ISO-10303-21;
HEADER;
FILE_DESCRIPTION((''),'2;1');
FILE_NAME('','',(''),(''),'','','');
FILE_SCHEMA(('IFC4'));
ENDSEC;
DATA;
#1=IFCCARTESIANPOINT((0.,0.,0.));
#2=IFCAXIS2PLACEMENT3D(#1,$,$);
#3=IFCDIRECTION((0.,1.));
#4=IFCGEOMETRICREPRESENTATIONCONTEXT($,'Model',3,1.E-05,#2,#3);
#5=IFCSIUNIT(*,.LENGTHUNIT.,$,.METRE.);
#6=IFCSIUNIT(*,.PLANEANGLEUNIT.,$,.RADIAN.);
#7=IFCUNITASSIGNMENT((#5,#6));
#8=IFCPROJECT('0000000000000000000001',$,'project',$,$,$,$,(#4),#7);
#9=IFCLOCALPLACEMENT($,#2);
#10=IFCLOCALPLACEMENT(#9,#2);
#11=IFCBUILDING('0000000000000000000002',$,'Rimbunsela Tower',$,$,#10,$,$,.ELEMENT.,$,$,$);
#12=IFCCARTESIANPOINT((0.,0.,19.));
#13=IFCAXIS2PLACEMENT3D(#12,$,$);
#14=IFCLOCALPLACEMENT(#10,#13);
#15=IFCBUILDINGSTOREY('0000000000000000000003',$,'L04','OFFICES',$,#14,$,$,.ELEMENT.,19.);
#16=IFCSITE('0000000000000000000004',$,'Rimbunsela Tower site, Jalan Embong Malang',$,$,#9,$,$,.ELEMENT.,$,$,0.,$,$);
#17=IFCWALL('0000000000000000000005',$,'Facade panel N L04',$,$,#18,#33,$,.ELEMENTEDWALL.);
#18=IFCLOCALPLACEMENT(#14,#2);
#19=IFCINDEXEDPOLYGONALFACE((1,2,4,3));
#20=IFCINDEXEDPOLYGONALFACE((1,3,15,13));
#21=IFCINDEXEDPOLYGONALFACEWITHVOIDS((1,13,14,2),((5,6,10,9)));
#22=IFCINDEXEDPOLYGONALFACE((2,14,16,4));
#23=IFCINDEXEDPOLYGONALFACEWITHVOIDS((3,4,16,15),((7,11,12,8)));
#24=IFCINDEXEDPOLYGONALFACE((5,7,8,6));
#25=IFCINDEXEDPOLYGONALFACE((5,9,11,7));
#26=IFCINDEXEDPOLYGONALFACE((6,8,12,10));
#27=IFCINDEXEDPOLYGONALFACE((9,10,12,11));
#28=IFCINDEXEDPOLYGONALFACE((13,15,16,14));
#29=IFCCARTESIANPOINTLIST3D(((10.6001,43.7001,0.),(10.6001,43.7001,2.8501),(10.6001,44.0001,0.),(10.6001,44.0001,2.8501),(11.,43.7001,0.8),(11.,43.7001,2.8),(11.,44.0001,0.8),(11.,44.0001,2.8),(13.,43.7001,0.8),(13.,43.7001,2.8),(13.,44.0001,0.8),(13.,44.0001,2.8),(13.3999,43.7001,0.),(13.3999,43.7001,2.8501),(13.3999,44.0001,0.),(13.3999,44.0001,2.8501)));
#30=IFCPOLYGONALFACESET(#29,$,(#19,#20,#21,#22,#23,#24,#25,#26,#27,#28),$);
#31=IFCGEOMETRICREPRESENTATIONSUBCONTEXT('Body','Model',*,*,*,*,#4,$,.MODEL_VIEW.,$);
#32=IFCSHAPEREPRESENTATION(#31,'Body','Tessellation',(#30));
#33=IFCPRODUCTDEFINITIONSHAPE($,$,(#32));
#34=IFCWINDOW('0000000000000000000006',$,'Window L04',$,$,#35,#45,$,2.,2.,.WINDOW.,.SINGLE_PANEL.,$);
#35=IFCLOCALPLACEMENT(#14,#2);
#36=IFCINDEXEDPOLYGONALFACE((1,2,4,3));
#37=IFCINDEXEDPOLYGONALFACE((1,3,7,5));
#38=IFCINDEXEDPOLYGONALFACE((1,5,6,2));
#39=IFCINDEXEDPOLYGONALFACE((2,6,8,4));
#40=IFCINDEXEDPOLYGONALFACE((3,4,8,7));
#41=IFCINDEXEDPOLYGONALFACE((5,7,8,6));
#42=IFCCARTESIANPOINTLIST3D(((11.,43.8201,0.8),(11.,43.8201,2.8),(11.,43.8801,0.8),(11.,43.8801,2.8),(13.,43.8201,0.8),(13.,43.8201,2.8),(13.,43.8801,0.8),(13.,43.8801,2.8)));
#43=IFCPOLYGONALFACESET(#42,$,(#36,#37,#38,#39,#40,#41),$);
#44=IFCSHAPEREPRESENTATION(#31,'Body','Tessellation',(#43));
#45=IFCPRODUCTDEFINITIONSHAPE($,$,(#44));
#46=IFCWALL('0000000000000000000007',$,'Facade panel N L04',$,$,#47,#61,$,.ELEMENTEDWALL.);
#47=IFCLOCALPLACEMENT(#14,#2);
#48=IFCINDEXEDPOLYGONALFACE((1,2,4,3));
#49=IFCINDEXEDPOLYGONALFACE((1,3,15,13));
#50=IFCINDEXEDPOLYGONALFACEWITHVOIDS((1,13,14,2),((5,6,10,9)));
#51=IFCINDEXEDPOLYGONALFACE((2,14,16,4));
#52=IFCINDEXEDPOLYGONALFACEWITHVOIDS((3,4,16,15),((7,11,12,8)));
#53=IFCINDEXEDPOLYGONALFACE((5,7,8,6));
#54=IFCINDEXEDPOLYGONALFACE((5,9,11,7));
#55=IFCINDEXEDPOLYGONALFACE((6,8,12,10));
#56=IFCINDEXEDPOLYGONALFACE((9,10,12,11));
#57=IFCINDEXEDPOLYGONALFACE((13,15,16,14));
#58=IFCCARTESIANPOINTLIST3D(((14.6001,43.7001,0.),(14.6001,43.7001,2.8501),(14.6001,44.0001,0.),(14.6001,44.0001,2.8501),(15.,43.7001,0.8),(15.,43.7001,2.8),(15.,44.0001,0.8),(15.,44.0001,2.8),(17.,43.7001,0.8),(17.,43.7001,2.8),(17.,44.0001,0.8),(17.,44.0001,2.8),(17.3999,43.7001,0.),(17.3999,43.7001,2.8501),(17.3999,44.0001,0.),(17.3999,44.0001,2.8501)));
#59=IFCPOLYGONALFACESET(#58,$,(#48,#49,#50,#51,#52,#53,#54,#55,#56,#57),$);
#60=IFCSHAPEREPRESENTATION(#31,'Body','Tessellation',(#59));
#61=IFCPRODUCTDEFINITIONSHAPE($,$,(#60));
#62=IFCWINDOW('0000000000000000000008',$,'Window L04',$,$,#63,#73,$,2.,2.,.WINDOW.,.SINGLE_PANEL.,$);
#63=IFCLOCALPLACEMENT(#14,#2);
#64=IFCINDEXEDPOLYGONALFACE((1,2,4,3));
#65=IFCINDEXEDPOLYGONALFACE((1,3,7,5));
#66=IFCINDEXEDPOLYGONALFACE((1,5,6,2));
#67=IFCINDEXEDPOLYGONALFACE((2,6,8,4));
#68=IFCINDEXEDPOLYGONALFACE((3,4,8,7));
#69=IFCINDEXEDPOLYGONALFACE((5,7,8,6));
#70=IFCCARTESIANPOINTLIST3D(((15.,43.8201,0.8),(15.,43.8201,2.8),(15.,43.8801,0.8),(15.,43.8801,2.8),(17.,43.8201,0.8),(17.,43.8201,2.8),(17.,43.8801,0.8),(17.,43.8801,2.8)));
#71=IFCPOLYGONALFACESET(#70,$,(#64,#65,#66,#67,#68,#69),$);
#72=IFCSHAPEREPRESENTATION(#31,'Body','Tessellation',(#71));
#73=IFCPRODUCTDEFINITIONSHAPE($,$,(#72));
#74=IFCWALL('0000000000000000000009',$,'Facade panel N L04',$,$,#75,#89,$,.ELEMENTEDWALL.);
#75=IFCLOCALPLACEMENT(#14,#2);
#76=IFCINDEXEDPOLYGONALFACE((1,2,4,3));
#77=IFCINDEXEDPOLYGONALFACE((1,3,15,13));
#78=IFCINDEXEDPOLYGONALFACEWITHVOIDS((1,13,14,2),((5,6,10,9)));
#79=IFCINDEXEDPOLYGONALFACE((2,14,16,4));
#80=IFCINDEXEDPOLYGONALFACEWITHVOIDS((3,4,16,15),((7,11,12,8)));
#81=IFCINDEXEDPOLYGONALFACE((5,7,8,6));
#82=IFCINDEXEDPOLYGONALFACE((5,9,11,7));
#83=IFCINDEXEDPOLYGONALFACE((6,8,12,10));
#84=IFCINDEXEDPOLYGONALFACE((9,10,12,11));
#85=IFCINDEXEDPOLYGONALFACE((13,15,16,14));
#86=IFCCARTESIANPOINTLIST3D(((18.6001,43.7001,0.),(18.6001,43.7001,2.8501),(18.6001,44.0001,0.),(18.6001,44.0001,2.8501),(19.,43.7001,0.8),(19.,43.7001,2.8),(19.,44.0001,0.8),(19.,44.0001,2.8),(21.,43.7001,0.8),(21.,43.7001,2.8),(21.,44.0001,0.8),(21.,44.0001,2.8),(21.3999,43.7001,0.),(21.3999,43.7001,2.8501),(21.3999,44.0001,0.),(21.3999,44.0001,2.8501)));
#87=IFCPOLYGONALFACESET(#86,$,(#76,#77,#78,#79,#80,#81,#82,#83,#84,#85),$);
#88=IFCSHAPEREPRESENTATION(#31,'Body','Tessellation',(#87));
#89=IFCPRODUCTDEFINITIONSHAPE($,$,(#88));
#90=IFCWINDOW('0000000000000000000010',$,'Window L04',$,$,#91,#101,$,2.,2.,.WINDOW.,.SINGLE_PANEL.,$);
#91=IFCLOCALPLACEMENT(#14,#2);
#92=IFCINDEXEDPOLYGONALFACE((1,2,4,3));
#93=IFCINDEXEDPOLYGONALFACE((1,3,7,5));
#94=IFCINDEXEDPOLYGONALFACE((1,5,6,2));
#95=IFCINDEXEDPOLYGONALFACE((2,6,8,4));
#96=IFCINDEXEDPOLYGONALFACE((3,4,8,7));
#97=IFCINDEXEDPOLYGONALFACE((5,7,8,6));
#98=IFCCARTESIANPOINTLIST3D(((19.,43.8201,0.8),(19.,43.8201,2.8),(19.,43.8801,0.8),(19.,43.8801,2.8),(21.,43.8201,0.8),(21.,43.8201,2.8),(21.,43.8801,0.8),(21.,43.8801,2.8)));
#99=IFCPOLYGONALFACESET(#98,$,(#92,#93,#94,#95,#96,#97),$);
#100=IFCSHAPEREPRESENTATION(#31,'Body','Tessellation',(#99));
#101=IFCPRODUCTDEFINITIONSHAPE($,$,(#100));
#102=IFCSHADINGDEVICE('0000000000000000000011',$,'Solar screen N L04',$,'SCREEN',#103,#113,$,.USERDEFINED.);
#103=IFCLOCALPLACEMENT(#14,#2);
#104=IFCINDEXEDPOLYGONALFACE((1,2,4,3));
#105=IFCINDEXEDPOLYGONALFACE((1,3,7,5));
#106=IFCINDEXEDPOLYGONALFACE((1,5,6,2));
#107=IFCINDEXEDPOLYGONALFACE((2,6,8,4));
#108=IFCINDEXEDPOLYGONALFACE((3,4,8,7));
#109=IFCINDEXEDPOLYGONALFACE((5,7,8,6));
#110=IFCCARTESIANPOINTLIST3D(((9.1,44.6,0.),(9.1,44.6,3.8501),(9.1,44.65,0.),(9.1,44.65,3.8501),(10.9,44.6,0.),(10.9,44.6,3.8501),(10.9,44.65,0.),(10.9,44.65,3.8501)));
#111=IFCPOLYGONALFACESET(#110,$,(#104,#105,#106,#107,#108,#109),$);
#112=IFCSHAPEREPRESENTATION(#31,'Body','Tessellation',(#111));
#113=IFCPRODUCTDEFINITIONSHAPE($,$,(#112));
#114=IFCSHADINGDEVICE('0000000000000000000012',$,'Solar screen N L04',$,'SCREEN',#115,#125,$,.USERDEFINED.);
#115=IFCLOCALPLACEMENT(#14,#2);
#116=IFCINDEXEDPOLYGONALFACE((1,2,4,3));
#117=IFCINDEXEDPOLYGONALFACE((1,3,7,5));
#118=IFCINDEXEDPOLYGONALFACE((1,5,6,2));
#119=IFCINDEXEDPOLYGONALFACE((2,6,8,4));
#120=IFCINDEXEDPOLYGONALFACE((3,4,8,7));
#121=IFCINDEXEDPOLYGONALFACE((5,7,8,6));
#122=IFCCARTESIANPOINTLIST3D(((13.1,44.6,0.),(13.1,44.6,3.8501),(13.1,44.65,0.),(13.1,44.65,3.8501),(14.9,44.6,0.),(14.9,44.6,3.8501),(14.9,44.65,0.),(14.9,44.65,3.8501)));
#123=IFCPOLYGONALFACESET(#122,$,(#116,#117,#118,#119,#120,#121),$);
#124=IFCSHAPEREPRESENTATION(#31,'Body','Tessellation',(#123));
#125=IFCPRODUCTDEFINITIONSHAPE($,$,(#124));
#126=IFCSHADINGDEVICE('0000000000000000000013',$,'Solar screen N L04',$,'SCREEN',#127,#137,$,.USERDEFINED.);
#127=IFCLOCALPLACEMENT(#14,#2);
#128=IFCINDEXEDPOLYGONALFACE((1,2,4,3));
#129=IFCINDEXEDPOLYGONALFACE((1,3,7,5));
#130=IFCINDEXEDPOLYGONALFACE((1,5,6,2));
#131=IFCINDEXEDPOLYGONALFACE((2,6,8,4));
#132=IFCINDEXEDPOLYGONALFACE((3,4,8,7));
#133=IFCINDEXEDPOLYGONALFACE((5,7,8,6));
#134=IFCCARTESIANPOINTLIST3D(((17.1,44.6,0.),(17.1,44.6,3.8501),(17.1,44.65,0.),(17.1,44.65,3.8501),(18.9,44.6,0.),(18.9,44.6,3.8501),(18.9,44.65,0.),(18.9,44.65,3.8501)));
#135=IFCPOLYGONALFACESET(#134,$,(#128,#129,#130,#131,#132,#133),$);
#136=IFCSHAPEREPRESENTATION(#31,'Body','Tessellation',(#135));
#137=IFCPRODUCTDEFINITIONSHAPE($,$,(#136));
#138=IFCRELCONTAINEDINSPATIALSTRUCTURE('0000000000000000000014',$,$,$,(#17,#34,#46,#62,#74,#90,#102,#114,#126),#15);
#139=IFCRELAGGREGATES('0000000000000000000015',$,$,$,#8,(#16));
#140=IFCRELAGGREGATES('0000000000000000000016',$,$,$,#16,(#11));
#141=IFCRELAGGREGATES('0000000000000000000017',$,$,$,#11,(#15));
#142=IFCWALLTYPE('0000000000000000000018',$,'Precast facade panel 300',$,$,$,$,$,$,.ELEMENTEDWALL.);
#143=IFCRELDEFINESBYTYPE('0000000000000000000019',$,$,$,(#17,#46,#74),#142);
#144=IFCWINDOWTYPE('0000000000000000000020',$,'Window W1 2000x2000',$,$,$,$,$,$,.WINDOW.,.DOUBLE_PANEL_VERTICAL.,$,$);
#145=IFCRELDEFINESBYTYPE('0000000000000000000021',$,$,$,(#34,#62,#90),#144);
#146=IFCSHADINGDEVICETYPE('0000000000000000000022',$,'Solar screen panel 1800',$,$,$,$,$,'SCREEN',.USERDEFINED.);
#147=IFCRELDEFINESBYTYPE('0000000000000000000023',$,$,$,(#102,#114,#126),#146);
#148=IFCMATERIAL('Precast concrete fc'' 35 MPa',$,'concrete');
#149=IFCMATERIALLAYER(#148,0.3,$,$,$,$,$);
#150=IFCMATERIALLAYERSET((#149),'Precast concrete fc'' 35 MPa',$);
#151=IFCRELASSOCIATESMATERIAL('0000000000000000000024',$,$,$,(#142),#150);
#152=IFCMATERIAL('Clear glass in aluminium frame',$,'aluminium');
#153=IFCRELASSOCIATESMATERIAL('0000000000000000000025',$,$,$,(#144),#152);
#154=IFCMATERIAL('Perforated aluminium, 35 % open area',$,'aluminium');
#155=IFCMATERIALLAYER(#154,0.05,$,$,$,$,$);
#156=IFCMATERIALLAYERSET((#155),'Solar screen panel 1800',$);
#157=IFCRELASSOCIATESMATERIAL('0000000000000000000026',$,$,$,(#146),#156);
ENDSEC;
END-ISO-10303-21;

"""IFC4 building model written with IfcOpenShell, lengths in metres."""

from ifc_helpers import new_model, si_unit, direction, frame, frame_2d, origin, origin_2d, place, context, subcontext, project, spatial, rectangle, extrude, material, layer, layer_set, type_object, element, fill, save


model = new_model("IFC4")

# Units and contexts
model_context = context("Model", 3, precision=1e-05, world=origin(), true_north=direction((0.0, 1.0)))
body_context = subcontext(model_context, "Body", "Model", "MODEL_VIEW")
ifc_project = project(units=[si_unit("LENGTHUNIT", "METRE"), si_unit("PLANEANGLEUNIT", "RADIAN")], contexts=[model_context])

# Site, building, storey
site_placement = place(None, origin())
site = spatial("IfcSite", under=ifc_project, at=site_placement, Name="Rimbunsela Tower site, Jalan Embong Malang", CompositionType="ELEMENT", RefElevation=0.0)
building_placement = place(site_placement, origin())
building = spatial("IfcBuilding", under=site, at=building_placement, Name="Rimbunsela Tower", CompositionType="ELEMENT")
storey_placement = place(building_placement, frame((0.0, 0.0, 19.0)))
storey = spatial("IfcBuildingStorey", under=building, at=storey_placement, Name="L04", Description="OFFICES", CompositionType="ELEMENT", Elevation=19.0)

# Walls, openings, windows
ifc_material_1 = material(Name="Precast concrete fc' 35 MPa", Category="concrete")
ifc_layer_1 = layer(ifc_material_1, 0.3)
ifc_layer_set_1 = layer_set([ifc_layer_1], Name="Precast concrete fc' 35 MPa")
wall_type_1 = type_object("IfcWallType", Name="Precast facade panel 300", PredefinedType="ELEMENTEDWALL", material=ifc_layer_set_1)
ifc_material_2 = material(Name="Clear glass in aluminium frame", Category="aluminium")
window_type = type_object("IfcWindowType", Name="Window W1 2000x2000", PartitioningType="DOUBLE_PANEL_VERTICAL", PredefinedType="WINDOW", material=ifc_material_2)
wall_1_placement = place(storey_placement, frame((13.3999, 43.8501, 0.0), z_axis=(0.0, 0.0, 1.0), x_axis=(-1.0, 0.0, 0.0)))
wall_1 = element("IfcWall", 1, at=wall_1_placement, inside=storey, type_object=wall_type_1, Name="Facade panel N L04", PredefinedType="ELEMENTEDWALL", context=body_context, shape_type="SweptSolid", body=[
    extrude(rectangle(XDim=2.7998, YDim=0.3, at=frame_2d((1.3999, 0.0))), origin(), (0.0, 0.0, 1.0), 2.8501),
])
opening_1_placement = place(wall_1_placement, frame((0.3999, 0.0, 0.8)))
opening_1 = element("IfcOpeningElement", 2, at=opening_1_placement, cuts=wall_1, PredefinedType="OPENING", context=body_context, shape_type="SweptSolid", body=[
    extrude(rectangle(XDim=2.0, YDim=2.0, at=frame_2d((1.0, 1.0))), frame((0.0, 0.1599, 0.0), z_axis=(0.0, -1.0, 0.0), x_axis=(1.0, 0.0, 0.0)), (0.0, 0.0, 1.0), 0.3201),
])
window_1_placement = place(opening_1_placement, origin())
window_1 = element("IfcWindow", 3, at=window_1_placement, inside=storey, type_object=window_type, Name="Window L04", OverallHeight=2.0, OverallWidth=2.0, PartitioningType="SINGLE_PANEL", PredefinedType="WINDOW", context=body_context, shape_type="SweptSolid", body=[
    extrude(rectangle(XDim=2.0, YDim=2.0, at=frame_2d((1.0, 1.0))), frame((0.0, 0.03, 0.0), z_axis=(0.0, -1.0, 0.0), x_axis=(1.0, 0.0, 0.0)), (0.0, 0.0, 1.0), 0.0601),
])
fill(opening_1, window_1)
wall_2_placement = place(storey_placement, frame((17.3999, 43.8501, 0.0), z_axis=(0.0, 0.0, 1.0), x_axis=(-1.0, 0.0, 0.0)))
wall_2 = element("IfcWall", 4, at=wall_2_placement, inside=storey, type_object=wall_type_1, Name="Facade panel N L04", PredefinedType="ELEMENTEDWALL", context=body_context, shape_type="SweptSolid", body=[
    extrude(rectangle(XDim=2.7998, YDim=0.3, at=frame_2d((1.3999, 0.0))), origin(), (0.0, 0.0, 1.0), 2.8501),
])
opening_2_placement = place(wall_2_placement, frame((0.3999, 0.0, 0.8)))
opening_2 = element("IfcOpeningElement", 5, at=opening_2_placement, cuts=wall_2, PredefinedType="OPENING", context=body_context, shape_type="SweptSolid", body=[
    extrude(rectangle(XDim=2.0, YDim=2.0, at=frame_2d((1.0, 1.0))), frame((0.0, 0.1599, 0.0), z_axis=(0.0, -1.0, 0.0), x_axis=(1.0, 0.0, 0.0)), (0.0, 0.0, 1.0), 0.3201),
])
window_2_placement = place(opening_2_placement, origin())
window_2 = element("IfcWindow", 6, at=window_2_placement, inside=storey, type_object=window_type, Name="Window L04", OverallHeight=2.0, OverallWidth=2.0, PartitioningType="SINGLE_PANEL", PredefinedType="WINDOW", context=body_context, shape_type="SweptSolid", body=[
    extrude(rectangle(XDim=2.0, YDim=2.0, at=frame_2d((1.0, 1.0))), frame((0.0, 0.03, 0.0), z_axis=(0.0, -1.0, 0.0), x_axis=(1.0, 0.0, 0.0)), (0.0, 0.0, 1.0), 0.0601),
])
fill(opening_2, window_2)
wall_3_placement = place(storey_placement, frame((21.3999, 43.8501, 0.0), z_axis=(0.0, 0.0, 1.0), x_axis=(-1.0, 0.0, 0.0)))
wall_3 = element("IfcWall", 7, at=wall_3_placement, inside=storey, type_object=wall_type_1, Name="Facade panel N L04", PredefinedType="ELEMENTEDWALL", context=body_context, shape_type="SweptSolid", body=[
    extrude(rectangle(XDim=2.7998, YDim=0.3, at=frame_2d((1.3999, 0.0))), origin(), (0.0, 0.0, 1.0), 2.8501),
])
opening_3_placement = place(wall_3_placement, frame((0.3999, 0.0, 0.8)))
opening_3 = element("IfcOpeningElement", 8, at=opening_3_placement, cuts=wall_3, PredefinedType="OPENING", context=body_context, shape_type="SweptSolid", body=[
    extrude(rectangle(XDim=2.0, YDim=2.0, at=frame_2d((1.0, 1.0))), frame((0.0, 0.1599, 0.0), z_axis=(0.0, -1.0, 0.0), x_axis=(1.0, 0.0, 0.0)), (0.0, 0.0, 1.0), 0.3201),
])
window_3_placement = place(opening_3_placement, origin())
window_3 = element("IfcWindow", 9, at=window_3_placement, inside=storey, type_object=window_type, Name="Window L04", OverallHeight=2.0, OverallWidth=2.0, PartitioningType="SINGLE_PANEL", PredefinedType="WINDOW", context=body_context, shape_type="SweptSolid", body=[
    extrude(rectangle(XDim=2.0, YDim=2.0, at=frame_2d((1.0, 1.0))), frame((0.0, 0.03, 0.0), z_axis=(0.0, -1.0, 0.0), x_axis=(1.0, 0.0, 0.0)), (0.0, 0.0, 1.0), 0.0601),
])
fill(opening_3, window_3)

# Shading devices
ifc_material_3 = material(Name="Perforated aluminium, 35 % open area", Category="aluminium")
ifc_layer_2 = layer(ifc_material_3, 0.05)
ifc_layer_set_2 = layer_set([ifc_layer_2], Name="Solar screen panel 1800")
shading_device_type = type_object("IfcShadingDeviceType", Name="Solar screen panel 1800", ElementType="SCREEN", PredefinedType="USERDEFINED", material=ifc_layer_set_2)
for number, where, z_axis, x_axis, name in (
    (10, (10.0, 44.625, 0.0), (0.0, 0.0, 1.0), (1.0, 0.0, 0.0), "Solar screen N L04"),
    (11, (14.0, 44.625, 0.0), (0.0, 0.0, 1.0), (1.0, 0.0, 0.0), "Solar screen N L04"),
    (12, (18.0, 44.625, 0.0), (0.0, 0.0, 1.0), (1.0, 0.0, 0.0), "Solar screen N L04"),
):
    element("IfcShadingDevice", number, at=place(storey_placement, frame(where, z_axis=z_axis, x_axis=x_axis)), inside=storey, type_object=shading_device_type, Name=name, ObjectType="SCREEN", PredefinedType="USERDEFINED", context=body_context, shape_type="SweptSolid", body=[
        extrude(rectangle(XDim=1.8, YDim=0.05, at=origin_2d()), origin(), (0.0, 0.0, 1.0), 3.8501),
    ])

save(model, "model.ifc")
